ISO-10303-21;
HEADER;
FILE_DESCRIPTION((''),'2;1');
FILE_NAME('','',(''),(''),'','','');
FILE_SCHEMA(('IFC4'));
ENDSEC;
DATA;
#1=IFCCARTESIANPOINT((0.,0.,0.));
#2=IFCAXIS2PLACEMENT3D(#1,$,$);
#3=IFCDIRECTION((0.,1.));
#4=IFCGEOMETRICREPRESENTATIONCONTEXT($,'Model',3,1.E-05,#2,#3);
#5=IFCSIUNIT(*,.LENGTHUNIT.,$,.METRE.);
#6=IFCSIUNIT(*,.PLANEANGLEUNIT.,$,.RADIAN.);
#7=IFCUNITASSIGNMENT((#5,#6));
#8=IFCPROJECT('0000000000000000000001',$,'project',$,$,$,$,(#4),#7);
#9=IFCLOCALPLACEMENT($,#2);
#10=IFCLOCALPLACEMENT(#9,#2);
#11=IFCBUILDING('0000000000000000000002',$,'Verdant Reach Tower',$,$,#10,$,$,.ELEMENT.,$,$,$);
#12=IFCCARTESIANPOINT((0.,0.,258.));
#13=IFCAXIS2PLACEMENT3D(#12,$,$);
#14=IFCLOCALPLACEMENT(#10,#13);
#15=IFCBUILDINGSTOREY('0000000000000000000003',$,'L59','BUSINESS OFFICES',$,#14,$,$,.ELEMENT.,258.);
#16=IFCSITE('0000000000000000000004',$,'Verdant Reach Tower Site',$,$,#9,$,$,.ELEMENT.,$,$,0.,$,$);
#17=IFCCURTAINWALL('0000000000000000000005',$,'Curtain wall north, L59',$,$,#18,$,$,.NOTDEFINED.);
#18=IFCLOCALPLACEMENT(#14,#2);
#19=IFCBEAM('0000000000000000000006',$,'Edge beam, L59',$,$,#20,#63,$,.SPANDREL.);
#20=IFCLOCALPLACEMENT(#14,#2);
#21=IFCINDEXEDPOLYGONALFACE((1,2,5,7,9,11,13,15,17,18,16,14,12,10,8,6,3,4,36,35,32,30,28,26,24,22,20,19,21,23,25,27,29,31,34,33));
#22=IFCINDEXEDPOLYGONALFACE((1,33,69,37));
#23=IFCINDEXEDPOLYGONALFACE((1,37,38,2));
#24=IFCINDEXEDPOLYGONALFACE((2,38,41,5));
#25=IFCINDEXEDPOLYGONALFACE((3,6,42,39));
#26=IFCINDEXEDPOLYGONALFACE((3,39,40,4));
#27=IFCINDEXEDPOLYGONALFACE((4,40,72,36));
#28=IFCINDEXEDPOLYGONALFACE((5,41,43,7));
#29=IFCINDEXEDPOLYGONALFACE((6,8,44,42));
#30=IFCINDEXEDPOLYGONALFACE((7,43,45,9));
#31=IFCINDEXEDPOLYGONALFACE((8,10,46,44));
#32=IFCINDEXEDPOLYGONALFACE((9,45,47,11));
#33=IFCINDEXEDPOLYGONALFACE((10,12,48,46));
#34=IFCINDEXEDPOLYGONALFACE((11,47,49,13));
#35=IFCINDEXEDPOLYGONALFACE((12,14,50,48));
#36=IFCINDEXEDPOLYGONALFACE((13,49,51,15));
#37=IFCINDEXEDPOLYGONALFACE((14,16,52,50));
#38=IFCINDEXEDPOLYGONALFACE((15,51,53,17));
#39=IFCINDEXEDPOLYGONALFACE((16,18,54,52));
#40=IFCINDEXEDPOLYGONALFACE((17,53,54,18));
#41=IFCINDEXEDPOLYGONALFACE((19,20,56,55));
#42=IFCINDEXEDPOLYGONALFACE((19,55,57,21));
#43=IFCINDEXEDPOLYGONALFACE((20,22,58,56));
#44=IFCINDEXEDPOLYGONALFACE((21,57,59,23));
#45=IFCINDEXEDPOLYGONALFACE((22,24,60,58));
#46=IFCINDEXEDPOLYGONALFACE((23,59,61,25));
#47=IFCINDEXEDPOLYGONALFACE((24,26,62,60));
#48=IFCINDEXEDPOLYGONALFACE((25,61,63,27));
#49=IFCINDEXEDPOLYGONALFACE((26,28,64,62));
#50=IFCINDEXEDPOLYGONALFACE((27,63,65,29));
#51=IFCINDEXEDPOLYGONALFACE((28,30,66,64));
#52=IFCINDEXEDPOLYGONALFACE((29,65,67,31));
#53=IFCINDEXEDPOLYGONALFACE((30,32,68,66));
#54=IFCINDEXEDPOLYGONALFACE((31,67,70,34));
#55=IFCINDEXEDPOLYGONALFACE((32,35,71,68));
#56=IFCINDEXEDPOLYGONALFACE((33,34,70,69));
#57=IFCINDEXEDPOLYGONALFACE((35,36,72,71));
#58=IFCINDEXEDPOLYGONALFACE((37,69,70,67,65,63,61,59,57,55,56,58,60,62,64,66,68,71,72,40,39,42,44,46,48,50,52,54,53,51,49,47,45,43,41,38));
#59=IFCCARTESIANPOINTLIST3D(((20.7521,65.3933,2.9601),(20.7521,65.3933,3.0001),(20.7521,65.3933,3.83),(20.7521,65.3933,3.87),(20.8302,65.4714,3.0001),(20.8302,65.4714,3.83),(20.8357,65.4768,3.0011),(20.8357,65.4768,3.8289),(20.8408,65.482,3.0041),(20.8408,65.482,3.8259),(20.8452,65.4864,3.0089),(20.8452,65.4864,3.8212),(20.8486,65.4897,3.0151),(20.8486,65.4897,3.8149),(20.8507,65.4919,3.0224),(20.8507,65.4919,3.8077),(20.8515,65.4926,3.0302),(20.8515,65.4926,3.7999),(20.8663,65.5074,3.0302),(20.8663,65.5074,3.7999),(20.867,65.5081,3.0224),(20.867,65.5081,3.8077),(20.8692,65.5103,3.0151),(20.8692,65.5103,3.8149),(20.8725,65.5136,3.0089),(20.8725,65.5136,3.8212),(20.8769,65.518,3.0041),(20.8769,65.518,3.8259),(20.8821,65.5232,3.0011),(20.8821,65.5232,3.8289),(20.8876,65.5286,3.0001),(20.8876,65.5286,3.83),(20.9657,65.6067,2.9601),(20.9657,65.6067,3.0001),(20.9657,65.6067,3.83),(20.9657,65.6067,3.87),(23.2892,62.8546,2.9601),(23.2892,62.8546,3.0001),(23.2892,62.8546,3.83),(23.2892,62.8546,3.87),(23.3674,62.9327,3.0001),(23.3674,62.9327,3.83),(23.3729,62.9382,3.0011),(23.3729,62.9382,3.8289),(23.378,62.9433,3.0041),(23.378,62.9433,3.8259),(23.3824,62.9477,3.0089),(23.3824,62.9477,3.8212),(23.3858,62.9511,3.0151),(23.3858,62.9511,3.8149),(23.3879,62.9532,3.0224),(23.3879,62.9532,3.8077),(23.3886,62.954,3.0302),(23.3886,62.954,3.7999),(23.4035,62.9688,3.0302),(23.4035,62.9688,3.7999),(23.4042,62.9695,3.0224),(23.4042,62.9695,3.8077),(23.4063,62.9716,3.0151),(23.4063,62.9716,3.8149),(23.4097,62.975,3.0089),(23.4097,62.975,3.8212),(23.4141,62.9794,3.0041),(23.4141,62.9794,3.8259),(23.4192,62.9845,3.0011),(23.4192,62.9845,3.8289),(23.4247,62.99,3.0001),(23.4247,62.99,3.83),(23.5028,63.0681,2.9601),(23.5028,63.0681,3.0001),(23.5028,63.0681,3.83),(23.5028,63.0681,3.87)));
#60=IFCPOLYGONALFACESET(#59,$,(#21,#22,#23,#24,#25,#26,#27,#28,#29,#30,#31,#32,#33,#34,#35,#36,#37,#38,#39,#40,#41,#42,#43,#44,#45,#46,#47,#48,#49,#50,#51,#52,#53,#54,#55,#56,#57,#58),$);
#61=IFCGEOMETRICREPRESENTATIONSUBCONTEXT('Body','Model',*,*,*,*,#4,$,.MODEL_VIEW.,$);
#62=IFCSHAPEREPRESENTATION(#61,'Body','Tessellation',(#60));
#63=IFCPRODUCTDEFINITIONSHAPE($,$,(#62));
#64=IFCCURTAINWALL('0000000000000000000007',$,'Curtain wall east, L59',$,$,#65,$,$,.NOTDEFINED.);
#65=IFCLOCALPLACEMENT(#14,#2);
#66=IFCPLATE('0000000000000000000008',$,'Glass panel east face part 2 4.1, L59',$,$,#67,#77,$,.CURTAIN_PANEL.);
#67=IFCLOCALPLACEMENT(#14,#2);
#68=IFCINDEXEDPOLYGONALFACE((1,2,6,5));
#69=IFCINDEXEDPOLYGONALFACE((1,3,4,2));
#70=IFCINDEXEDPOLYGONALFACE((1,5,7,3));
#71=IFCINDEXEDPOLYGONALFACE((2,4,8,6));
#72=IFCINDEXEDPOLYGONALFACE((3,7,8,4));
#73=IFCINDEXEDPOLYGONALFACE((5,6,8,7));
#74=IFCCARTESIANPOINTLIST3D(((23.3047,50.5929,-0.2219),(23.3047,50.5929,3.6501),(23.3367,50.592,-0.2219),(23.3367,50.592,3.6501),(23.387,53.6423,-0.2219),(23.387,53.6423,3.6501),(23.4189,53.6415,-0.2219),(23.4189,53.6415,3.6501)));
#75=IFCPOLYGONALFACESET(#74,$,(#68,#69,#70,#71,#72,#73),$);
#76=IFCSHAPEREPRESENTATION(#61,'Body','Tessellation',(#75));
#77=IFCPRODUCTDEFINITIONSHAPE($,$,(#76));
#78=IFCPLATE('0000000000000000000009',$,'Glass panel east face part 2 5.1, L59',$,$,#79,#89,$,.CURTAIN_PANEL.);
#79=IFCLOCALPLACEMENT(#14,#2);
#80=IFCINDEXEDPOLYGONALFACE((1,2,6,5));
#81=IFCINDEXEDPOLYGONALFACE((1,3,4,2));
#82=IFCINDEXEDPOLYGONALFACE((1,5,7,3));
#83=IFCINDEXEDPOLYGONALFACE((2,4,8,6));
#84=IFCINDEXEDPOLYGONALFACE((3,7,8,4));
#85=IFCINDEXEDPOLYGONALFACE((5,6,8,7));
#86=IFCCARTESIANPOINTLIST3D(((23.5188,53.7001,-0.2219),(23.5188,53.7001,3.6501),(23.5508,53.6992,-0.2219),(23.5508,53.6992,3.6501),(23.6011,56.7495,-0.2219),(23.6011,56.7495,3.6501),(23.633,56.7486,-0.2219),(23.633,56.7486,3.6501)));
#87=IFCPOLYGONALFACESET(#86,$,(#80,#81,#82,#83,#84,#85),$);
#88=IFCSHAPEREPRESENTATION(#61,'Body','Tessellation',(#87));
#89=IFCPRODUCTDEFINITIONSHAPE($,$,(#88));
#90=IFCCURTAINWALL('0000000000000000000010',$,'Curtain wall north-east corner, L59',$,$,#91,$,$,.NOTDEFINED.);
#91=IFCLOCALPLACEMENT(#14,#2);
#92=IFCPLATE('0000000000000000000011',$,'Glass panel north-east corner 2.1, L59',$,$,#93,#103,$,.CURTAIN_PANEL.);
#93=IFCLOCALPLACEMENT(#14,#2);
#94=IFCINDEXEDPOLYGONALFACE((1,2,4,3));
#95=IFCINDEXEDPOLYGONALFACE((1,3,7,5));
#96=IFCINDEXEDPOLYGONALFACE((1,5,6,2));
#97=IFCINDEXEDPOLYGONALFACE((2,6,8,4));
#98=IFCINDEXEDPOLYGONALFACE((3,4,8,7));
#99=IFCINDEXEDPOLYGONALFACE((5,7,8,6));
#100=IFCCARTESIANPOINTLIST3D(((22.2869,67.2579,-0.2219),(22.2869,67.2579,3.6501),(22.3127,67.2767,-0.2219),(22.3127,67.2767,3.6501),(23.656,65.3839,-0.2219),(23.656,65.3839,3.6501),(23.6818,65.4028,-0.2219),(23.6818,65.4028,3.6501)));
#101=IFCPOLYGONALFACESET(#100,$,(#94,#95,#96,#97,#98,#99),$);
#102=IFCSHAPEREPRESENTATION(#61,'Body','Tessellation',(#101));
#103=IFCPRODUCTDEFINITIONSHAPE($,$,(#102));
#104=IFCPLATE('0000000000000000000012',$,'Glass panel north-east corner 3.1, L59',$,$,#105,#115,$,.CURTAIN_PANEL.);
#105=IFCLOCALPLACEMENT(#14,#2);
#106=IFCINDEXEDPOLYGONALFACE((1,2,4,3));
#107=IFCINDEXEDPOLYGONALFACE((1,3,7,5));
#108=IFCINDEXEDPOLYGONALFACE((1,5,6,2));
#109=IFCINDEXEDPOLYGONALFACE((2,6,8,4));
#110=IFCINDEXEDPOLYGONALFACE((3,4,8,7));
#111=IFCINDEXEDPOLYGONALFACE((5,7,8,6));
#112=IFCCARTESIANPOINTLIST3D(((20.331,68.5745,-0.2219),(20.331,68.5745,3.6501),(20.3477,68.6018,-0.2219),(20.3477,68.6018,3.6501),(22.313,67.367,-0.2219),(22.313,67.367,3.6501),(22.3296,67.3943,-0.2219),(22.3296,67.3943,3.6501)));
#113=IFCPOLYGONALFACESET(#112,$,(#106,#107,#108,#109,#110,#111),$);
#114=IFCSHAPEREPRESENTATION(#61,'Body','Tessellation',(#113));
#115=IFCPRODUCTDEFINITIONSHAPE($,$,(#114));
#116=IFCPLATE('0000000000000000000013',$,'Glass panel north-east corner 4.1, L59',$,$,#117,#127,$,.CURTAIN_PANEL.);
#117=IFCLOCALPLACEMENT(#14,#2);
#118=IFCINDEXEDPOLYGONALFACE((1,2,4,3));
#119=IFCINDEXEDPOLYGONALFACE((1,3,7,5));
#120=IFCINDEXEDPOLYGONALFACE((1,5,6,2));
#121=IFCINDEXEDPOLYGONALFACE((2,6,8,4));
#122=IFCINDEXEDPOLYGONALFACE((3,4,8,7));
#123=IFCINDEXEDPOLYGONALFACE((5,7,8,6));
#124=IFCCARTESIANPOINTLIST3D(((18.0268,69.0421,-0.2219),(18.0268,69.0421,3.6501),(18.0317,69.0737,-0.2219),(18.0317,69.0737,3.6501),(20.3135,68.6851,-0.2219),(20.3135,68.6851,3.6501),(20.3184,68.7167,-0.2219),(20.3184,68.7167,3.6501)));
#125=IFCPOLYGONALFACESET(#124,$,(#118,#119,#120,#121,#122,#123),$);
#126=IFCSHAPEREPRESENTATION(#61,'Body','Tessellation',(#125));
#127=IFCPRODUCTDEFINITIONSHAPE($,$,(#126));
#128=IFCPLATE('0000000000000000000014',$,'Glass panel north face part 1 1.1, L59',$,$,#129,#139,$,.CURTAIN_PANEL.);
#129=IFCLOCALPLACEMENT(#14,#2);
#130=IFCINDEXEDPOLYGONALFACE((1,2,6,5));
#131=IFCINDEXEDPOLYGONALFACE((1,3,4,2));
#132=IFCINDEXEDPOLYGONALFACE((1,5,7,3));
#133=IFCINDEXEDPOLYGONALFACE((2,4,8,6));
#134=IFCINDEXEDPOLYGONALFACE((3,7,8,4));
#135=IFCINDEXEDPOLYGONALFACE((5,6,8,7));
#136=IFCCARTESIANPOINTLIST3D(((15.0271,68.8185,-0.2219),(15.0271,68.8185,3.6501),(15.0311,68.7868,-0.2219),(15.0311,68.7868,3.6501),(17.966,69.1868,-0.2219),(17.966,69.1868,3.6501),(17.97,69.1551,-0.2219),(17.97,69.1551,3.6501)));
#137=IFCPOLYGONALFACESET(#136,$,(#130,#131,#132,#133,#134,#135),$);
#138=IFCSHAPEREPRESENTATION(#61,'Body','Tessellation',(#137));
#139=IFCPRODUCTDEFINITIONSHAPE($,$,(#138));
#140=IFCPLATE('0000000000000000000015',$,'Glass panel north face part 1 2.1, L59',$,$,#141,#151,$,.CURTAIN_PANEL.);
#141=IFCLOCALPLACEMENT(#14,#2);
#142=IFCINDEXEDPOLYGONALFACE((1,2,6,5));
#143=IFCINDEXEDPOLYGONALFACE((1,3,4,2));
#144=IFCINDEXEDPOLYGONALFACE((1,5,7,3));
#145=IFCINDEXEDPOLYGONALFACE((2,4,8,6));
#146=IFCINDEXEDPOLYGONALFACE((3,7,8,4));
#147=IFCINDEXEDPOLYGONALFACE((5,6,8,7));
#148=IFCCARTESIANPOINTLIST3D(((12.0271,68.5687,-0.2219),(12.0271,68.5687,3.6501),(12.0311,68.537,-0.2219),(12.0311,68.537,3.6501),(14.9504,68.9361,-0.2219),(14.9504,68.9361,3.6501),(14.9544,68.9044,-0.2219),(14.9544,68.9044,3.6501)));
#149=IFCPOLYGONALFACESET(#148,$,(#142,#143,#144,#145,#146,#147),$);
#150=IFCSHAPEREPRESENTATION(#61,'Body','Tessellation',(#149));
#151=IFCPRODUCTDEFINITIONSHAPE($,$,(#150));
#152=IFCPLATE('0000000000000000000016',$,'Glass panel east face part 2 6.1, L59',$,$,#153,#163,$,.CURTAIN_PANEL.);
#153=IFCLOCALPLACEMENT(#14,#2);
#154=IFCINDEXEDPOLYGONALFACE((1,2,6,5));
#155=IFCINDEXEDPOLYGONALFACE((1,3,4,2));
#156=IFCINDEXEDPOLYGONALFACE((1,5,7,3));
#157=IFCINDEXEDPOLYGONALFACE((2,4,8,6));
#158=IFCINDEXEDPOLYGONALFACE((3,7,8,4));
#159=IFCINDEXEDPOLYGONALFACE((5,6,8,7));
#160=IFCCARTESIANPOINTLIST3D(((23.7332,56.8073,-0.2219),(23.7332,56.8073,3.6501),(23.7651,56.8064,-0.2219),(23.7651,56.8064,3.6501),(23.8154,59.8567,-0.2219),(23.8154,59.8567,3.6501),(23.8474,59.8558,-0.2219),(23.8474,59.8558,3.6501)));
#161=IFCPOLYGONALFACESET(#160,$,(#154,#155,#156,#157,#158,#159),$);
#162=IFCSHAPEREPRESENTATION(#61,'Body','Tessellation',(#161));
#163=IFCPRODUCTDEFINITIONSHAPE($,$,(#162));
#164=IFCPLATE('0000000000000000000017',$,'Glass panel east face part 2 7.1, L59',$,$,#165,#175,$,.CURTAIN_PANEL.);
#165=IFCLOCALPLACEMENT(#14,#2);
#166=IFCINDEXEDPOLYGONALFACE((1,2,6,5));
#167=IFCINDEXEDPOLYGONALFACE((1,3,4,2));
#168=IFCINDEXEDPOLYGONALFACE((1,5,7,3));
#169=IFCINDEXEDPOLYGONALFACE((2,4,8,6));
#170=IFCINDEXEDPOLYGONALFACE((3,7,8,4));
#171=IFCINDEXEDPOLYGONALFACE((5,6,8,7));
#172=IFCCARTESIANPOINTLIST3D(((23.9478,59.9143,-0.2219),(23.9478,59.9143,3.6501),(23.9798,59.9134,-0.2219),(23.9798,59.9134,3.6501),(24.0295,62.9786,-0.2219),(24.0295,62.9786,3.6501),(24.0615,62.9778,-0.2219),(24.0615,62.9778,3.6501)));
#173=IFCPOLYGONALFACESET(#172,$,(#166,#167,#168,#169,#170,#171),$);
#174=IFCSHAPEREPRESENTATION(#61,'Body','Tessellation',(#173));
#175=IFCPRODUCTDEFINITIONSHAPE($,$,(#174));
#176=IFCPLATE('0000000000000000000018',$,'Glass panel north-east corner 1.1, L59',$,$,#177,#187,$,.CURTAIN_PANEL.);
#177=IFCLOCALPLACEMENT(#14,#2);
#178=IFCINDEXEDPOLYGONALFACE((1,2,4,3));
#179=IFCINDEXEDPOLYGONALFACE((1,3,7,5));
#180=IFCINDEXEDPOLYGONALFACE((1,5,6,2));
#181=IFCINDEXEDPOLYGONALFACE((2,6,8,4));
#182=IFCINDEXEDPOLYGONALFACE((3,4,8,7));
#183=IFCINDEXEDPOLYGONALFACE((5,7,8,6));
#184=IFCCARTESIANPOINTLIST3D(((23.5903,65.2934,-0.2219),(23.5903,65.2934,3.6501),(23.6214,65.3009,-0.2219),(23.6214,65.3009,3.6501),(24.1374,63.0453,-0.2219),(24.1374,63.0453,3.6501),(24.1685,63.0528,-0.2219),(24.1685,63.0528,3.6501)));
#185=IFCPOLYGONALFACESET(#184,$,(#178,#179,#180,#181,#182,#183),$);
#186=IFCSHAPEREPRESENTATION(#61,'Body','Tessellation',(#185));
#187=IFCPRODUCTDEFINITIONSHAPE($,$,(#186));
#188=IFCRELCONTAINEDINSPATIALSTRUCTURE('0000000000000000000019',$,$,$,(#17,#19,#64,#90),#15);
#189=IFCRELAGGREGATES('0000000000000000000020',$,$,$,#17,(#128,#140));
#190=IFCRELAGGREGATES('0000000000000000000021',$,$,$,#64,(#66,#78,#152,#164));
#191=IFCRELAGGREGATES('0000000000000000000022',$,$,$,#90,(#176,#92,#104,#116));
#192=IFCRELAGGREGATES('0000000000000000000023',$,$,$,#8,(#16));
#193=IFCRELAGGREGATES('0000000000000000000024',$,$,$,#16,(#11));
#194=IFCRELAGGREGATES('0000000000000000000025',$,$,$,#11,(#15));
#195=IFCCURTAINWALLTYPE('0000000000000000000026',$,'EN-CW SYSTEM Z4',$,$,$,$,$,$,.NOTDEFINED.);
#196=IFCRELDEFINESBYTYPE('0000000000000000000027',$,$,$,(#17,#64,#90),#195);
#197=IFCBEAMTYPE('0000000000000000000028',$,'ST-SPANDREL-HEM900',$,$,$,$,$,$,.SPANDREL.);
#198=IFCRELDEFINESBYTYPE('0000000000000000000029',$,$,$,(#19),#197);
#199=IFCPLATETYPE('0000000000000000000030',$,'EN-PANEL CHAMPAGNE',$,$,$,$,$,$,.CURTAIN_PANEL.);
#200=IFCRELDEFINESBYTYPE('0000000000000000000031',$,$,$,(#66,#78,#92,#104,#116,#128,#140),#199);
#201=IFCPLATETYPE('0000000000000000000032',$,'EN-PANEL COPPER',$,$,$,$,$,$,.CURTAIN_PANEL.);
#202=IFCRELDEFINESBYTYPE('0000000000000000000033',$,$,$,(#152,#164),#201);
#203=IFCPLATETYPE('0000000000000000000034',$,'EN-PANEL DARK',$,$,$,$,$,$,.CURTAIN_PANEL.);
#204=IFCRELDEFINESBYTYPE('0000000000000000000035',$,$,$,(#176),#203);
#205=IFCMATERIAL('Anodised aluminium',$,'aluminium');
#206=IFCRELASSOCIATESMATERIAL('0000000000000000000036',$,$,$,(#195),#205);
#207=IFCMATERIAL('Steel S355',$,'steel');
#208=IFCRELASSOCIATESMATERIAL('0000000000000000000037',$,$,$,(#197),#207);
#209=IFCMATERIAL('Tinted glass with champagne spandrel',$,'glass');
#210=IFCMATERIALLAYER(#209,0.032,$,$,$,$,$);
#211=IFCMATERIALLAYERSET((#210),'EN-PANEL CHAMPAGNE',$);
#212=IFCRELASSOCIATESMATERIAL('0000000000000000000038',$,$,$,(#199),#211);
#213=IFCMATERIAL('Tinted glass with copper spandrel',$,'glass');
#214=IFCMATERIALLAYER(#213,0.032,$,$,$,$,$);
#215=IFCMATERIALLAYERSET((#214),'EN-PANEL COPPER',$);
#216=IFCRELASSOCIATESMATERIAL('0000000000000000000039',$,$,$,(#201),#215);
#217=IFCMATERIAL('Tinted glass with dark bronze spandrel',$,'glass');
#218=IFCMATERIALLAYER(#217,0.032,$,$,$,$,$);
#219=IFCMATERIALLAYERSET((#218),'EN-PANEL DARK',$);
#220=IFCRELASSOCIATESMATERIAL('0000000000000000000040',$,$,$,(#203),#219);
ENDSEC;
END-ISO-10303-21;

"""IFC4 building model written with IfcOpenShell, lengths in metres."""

from ifc_helpers import new_model, si_unit, direction, frame, origin, origin_2d, place, context, subcontext, project, spatial, rectangle, i_section, extrude, material, layer, layer_set, material_profile, profile_set, type_object, element, aggregate, save


model = new_model("IFC4")

# Units and contexts
model_context = context("Model", 3, precision=1e-05, world=origin(), true_north=direction((0.0, 1.0)))
body_context = subcontext(model_context, "Body", "Model", "MODEL_VIEW")
ifc_project = project(units=[si_unit("LENGTHUNIT", "METRE"), si_unit("PLANEANGLEUNIT", "RADIAN")], contexts=[model_context])

# Site, building, storey
site_placement = place(None, origin())
site = spatial("IfcSite", under=ifc_project, at=site_placement, Name="Verdant Reach Tower Site", CompositionType="ELEMENT", RefElevation=0.0)
building_placement = place(site_placement, origin())
building = spatial("IfcBuilding", under=site, at=building_placement, Name="Verdant Reach Tower", CompositionType="ELEMENT")
storey_placement = place(building_placement, frame((0.0, 0.0, 258.0)))
storey = spatial("IfcBuildingStorey", under=building, at=storey_placement, Name="L59", Description="BUSINESS OFFICES", CompositionType="ELEMENT", Elevation=258.0)

# Curtain wall
ifc_material_1 = material(Name="Anodised aluminium", Category="aluminium")
curtain_wall_type = type_object("IfcCurtainWallType", Name="EN-CW SYSTEM Z4", PredefinedType="NOTDEFINED", material=ifc_material_1)
curtain_wall_1_placement = place(storey_placement, origin())
curtain_wall_1 = element("IfcCurtainWall", 1, at=curtain_wall_1_placement, inside=storey, type_object=curtain_wall_type, Name="Curtain wall north, L59", PredefinedType="NOTDEFINED")

# Beam
ifc_material_2 = material(Name="Steel S355", Category="steel")
ifc_material_profile_1 = material_profile(ifc_material_2, i_section(OverallWidth=0.302, OverallDepth=0.9099, WebThickness=0.021, FlangeThickness=0.04, FilletRadius=0.03, at=origin_2d()), Name="HEM 900")
ifc_profile_set_1 = profile_set([ifc_material_profile_1], Name="Steel S355")
beam_type_1 = type_object("IfcBeamType", Name="ST-SPANDREL-HEM900", PredefinedType="SPANDREL", material=ifc_profile_set_1)
beam_1_placement = place(storey_placement, frame((20.8589, 65.5, 3.415), z_axis=(0.706903, -0.707311, 0.0), x_axis=(0.707311, 0.706903, 0.0)))
element("IfcBeam", 2, at=beam_1_placement, inside=storey, type_object=beam_type_1, Name="Edge beam, L59", PredefinedType="SPANDREL", context=body_context, shape_type="SweptSolid", body=[
    extrude(i_section(OverallWidth=0.302, OverallDepth=0.9099, WebThickness=0.021, FlangeThickness=0.04, FilletRadius=0.03, at=origin_2d()), origin(), (0.0, 0.0, 1.0), 3.5891),
])

# Curtain walls, plates
curtain_wall_2_placement = place(storey_placement, origin())
curtain_wall_2 = element("IfcCurtainWall", 3, at=curtain_wall_2_placement, inside=storey, type_object=curtain_wall_type, Name="Curtain wall east, L59", PredefinedType="NOTDEFINED")
ifc_material_3 = material(Name="Tinted glass with champagne spandrel", Category="glass")
ifc_layer_1 = layer(ifc_material_3, 0.032)
ifc_layer_set_1 = layer_set([ifc_layer_1], Name="EN-PANEL CHAMPAGNE")
plate_type_1 = type_object("IfcPlateType", Name="EN-PANEL CHAMPAGNE", PredefinedType="CURTAIN_PANEL", material=ifc_layer_set_1)
plate_1_placement = place(storey_placement, frame((23.3618, 52.1172, -0.2219), z_axis=(0.0, 0.0, 1.0), x_axis=(0.026965, 0.999636, 0.0)))
plate_1 = element("IfcPlate", 4, at=plate_1_placement, type_object=plate_type_1, Name="Glass panel east face part 2 4.1, L59", PredefinedType="CURTAIN_PANEL", context=body_context, shape_type="SweptSolid", body=[
    extrude(rectangle(XDim=3.0505, YDim=0.032, at=origin_2d()), origin(), (0.0, 0.0, 1.0), 3.8721),
])
plate_2_placement = place(storey_placement, frame((23.5759, 55.2244, -0.2219), z_axis=(0.0, 0.0, 1.0), x_axis=(0.026965, 0.999636, 0.0)))
plate_2 = element("IfcPlate", 5, at=plate_2_placement, type_object=plate_type_1, Name="Glass panel east face part 2 5.1, L59", PredefinedType="CURTAIN_PANEL", context=body_context, shape_type="SweptSolid", body=[
    extrude(rectangle(XDim=3.0505, YDim=0.032, at=origin_2d()), origin(), (0.0, 0.0, 1.0), 3.8721),
])
curtain_wall_3_placement = place(storey_placement, origin())
curtain_wall_3 = element("IfcCurtainWall", 6, at=curtain_wall_3_placement, inside=storey, type_object=curtain_wall_type, Name="Curtain wall north-east corner, L59", PredefinedType="NOTDEFINED")
plate_3_placement = place(storey_placement, frame((22.9844, 66.3303, -0.2219), z_axis=(0.0, 0.0, 1.0), x_axis=(-0.589927, 0.807457, 0.0)))
plate_3 = element("IfcPlate", 7, at=plate_3_placement, type_object=plate_type_1, Name="Glass panel north-east corner 2.1, L59", PredefinedType="CURTAIN_PANEL", context=body_context, shape_type="SweptSolid", body=[
    extrude(rectangle(XDim=2.3208, YDim=0.032, at=origin_2d()), origin(), (0.0, 0.0, 1.0), 3.8721),
])
plate_4_placement = place(storey_placement, frame((21.3303, 67.9844, -0.2219), z_axis=(0.0, 0.0, 1.0), x_axis=(-0.853989, 0.520292, 0.0)))
plate_4 = element("IfcPlate", 8, at=plate_4_placement, type_object=plate_type_1, Name="Glass panel north-east corner 3.1, L59", PredefinedType="CURTAIN_PANEL", context=body_context, shape_type="SweptSolid", body=[
    extrude(rectangle(XDim=2.3208, YDim=0.032, at=origin_2d()), origin(), (0.0, 0.0, 1.0), 3.8721),
])
plate_5_placement = place(storey_placement, frame((19.1726, 68.8794, -0.2219), z_axis=(0.0, 0.0, 1.0), x_axis=(-0.988027, 0.154279, 0.0)))
plate_5 = element("IfcPlate", 9, at=plate_5_placement, type_object=plate_type_1, Name="Glass panel north-east corner 4.1, L59", PredefinedType="CURTAIN_PANEL", context=body_context, shape_type="SweptSolid", body=[
    extrude(rectangle(XDim=2.3145, YDim=0.032, at=origin_2d()), origin(), (0.0, 0.0, 1.0), 3.8721),
])

# Plates
plate_6_placement = place(storey_placement, frame((16.4985, 68.9868, -0.2219), z_axis=(0.0, 0.0, 1.0), x_axis=(-0.992239, -0.124346, 0.0)))
plate_6 = element("IfcPlate", 10, at=plate_6_placement, type_object=plate_type_1, Name="Glass panel north face part 1 1.1, L59", PredefinedType="CURTAIN_PANEL", context=body_context, shape_type="SweptSolid", body=[
    extrude(rectangle(XDim=2.9619, YDim=0.032, at=origin_2d()), origin(), (0.0, 0.0, 1.0), 3.8721),
])
plate_7_placement = place(storey_placement, frame((13.4907, 68.7366, -0.2219), z_axis=(0.0, 0.0, 1.0), x_axis=(-0.992194, -0.124704, 0.0)))
plate_7 = element("IfcPlate", 11, at=plate_7_placement, type_object=plate_type_1, Name="Glass panel north face part 1 2.1, L59", PredefinedType="CURTAIN_PANEL", context=body_context, shape_type="SweptSolid", body=[
    extrude(rectangle(XDim=2.9463, YDim=0.032, at=origin_2d()), origin(), (0.0, 0.0, 1.0), 3.8721),
])
aggregate(curtain_wall_1, [plate_6, plate_7])
ifc_material_4 = material(Name="Tinted glass with copper spandrel", Category="glass")
ifc_layer_2 = layer(ifc_material_4, 0.032)
ifc_layer_set_2 = layer_set([ifc_layer_2], Name="EN-PANEL COPPER")
plate_type_2 = type_object("IfcPlateType", Name="EN-PANEL COPPER", PredefinedType="CURTAIN_PANEL", material=ifc_layer_set_2)
plate_8_placement = place(storey_placement, frame((23.7903, 58.3315, -0.2219), z_axis=(0.0, 0.0, 1.0), x_axis=(0.026965, 0.999636, 0.0)))
plate_8 = element("IfcPlate", 12, at=plate_8_placement, type_object=plate_type_2, Name="Glass panel east face part 2 6.1, L59", PredefinedType="CURTAIN_PANEL", context=body_context, shape_type="SweptSolid", body=[
    extrude(rectangle(XDim=3.0505, YDim=0.032, at=origin_2d()), origin(), (0.0, 0.0, 1.0), 3.8721),
])
plate_9_placement = place(storey_placement, frame((24.0046, 61.446, -0.2219), z_axis=(0.0, 0.0, 1.0), x_axis=(0.026651, 0.999645, 0.0)))
plate_9 = element("IfcPlate", 13, at=plate_9_placement, type_object=plate_type_2, Name="Glass panel east face part 2 7.1, L59", PredefinedType="CURTAIN_PANEL", context=body_context, shape_type="SweptSolid", body=[
    extrude(rectangle(XDim=3.0654, YDim=0.032, at=origin_2d()), origin(), (0.0, 0.0, 1.0), 3.8721),
])
aggregate(curtain_wall_2, [plate_1, plate_2, plate_8, plate_9])
ifc_material_5 = material(Name="Tinted glass with dark bronze spandrel", Category="glass")
ifc_layer_3 = layer(ifc_material_5, 0.032)
ifc_layer_set_3 = layer_set([ifc_layer_3], Name="EN-PANEL DARK")
plate_type_3 = type_object("IfcPlateType", Name="EN-PANEL DARK", PredefinedType="CURTAIN_PANEL", material=ifc_layer_set_3)
plate_10_placement = place(storey_placement, frame((23.8794, 64.1731, -0.2219), z_axis=(0.0, 0.0, 1.0), x_axis=(-0.236459, 0.971642, 0.0)))
plate_10 = element("IfcPlate", 14, at=plate_10_placement, type_object=plate_type_3, Name="Glass panel north-east corner 1.1, L59", PredefinedType="CURTAIN_PANEL", context=body_context, shape_type="SweptSolid", body=[
    extrude(rectangle(XDim=2.3137, YDim=0.032, at=origin_2d()), origin(), (0.0, 0.0, 1.0), 3.8721),
])
aggregate(curtain_wall_3, [plate_10, plate_3, plate_4, plate_5])

save(model, "model.ifc")
